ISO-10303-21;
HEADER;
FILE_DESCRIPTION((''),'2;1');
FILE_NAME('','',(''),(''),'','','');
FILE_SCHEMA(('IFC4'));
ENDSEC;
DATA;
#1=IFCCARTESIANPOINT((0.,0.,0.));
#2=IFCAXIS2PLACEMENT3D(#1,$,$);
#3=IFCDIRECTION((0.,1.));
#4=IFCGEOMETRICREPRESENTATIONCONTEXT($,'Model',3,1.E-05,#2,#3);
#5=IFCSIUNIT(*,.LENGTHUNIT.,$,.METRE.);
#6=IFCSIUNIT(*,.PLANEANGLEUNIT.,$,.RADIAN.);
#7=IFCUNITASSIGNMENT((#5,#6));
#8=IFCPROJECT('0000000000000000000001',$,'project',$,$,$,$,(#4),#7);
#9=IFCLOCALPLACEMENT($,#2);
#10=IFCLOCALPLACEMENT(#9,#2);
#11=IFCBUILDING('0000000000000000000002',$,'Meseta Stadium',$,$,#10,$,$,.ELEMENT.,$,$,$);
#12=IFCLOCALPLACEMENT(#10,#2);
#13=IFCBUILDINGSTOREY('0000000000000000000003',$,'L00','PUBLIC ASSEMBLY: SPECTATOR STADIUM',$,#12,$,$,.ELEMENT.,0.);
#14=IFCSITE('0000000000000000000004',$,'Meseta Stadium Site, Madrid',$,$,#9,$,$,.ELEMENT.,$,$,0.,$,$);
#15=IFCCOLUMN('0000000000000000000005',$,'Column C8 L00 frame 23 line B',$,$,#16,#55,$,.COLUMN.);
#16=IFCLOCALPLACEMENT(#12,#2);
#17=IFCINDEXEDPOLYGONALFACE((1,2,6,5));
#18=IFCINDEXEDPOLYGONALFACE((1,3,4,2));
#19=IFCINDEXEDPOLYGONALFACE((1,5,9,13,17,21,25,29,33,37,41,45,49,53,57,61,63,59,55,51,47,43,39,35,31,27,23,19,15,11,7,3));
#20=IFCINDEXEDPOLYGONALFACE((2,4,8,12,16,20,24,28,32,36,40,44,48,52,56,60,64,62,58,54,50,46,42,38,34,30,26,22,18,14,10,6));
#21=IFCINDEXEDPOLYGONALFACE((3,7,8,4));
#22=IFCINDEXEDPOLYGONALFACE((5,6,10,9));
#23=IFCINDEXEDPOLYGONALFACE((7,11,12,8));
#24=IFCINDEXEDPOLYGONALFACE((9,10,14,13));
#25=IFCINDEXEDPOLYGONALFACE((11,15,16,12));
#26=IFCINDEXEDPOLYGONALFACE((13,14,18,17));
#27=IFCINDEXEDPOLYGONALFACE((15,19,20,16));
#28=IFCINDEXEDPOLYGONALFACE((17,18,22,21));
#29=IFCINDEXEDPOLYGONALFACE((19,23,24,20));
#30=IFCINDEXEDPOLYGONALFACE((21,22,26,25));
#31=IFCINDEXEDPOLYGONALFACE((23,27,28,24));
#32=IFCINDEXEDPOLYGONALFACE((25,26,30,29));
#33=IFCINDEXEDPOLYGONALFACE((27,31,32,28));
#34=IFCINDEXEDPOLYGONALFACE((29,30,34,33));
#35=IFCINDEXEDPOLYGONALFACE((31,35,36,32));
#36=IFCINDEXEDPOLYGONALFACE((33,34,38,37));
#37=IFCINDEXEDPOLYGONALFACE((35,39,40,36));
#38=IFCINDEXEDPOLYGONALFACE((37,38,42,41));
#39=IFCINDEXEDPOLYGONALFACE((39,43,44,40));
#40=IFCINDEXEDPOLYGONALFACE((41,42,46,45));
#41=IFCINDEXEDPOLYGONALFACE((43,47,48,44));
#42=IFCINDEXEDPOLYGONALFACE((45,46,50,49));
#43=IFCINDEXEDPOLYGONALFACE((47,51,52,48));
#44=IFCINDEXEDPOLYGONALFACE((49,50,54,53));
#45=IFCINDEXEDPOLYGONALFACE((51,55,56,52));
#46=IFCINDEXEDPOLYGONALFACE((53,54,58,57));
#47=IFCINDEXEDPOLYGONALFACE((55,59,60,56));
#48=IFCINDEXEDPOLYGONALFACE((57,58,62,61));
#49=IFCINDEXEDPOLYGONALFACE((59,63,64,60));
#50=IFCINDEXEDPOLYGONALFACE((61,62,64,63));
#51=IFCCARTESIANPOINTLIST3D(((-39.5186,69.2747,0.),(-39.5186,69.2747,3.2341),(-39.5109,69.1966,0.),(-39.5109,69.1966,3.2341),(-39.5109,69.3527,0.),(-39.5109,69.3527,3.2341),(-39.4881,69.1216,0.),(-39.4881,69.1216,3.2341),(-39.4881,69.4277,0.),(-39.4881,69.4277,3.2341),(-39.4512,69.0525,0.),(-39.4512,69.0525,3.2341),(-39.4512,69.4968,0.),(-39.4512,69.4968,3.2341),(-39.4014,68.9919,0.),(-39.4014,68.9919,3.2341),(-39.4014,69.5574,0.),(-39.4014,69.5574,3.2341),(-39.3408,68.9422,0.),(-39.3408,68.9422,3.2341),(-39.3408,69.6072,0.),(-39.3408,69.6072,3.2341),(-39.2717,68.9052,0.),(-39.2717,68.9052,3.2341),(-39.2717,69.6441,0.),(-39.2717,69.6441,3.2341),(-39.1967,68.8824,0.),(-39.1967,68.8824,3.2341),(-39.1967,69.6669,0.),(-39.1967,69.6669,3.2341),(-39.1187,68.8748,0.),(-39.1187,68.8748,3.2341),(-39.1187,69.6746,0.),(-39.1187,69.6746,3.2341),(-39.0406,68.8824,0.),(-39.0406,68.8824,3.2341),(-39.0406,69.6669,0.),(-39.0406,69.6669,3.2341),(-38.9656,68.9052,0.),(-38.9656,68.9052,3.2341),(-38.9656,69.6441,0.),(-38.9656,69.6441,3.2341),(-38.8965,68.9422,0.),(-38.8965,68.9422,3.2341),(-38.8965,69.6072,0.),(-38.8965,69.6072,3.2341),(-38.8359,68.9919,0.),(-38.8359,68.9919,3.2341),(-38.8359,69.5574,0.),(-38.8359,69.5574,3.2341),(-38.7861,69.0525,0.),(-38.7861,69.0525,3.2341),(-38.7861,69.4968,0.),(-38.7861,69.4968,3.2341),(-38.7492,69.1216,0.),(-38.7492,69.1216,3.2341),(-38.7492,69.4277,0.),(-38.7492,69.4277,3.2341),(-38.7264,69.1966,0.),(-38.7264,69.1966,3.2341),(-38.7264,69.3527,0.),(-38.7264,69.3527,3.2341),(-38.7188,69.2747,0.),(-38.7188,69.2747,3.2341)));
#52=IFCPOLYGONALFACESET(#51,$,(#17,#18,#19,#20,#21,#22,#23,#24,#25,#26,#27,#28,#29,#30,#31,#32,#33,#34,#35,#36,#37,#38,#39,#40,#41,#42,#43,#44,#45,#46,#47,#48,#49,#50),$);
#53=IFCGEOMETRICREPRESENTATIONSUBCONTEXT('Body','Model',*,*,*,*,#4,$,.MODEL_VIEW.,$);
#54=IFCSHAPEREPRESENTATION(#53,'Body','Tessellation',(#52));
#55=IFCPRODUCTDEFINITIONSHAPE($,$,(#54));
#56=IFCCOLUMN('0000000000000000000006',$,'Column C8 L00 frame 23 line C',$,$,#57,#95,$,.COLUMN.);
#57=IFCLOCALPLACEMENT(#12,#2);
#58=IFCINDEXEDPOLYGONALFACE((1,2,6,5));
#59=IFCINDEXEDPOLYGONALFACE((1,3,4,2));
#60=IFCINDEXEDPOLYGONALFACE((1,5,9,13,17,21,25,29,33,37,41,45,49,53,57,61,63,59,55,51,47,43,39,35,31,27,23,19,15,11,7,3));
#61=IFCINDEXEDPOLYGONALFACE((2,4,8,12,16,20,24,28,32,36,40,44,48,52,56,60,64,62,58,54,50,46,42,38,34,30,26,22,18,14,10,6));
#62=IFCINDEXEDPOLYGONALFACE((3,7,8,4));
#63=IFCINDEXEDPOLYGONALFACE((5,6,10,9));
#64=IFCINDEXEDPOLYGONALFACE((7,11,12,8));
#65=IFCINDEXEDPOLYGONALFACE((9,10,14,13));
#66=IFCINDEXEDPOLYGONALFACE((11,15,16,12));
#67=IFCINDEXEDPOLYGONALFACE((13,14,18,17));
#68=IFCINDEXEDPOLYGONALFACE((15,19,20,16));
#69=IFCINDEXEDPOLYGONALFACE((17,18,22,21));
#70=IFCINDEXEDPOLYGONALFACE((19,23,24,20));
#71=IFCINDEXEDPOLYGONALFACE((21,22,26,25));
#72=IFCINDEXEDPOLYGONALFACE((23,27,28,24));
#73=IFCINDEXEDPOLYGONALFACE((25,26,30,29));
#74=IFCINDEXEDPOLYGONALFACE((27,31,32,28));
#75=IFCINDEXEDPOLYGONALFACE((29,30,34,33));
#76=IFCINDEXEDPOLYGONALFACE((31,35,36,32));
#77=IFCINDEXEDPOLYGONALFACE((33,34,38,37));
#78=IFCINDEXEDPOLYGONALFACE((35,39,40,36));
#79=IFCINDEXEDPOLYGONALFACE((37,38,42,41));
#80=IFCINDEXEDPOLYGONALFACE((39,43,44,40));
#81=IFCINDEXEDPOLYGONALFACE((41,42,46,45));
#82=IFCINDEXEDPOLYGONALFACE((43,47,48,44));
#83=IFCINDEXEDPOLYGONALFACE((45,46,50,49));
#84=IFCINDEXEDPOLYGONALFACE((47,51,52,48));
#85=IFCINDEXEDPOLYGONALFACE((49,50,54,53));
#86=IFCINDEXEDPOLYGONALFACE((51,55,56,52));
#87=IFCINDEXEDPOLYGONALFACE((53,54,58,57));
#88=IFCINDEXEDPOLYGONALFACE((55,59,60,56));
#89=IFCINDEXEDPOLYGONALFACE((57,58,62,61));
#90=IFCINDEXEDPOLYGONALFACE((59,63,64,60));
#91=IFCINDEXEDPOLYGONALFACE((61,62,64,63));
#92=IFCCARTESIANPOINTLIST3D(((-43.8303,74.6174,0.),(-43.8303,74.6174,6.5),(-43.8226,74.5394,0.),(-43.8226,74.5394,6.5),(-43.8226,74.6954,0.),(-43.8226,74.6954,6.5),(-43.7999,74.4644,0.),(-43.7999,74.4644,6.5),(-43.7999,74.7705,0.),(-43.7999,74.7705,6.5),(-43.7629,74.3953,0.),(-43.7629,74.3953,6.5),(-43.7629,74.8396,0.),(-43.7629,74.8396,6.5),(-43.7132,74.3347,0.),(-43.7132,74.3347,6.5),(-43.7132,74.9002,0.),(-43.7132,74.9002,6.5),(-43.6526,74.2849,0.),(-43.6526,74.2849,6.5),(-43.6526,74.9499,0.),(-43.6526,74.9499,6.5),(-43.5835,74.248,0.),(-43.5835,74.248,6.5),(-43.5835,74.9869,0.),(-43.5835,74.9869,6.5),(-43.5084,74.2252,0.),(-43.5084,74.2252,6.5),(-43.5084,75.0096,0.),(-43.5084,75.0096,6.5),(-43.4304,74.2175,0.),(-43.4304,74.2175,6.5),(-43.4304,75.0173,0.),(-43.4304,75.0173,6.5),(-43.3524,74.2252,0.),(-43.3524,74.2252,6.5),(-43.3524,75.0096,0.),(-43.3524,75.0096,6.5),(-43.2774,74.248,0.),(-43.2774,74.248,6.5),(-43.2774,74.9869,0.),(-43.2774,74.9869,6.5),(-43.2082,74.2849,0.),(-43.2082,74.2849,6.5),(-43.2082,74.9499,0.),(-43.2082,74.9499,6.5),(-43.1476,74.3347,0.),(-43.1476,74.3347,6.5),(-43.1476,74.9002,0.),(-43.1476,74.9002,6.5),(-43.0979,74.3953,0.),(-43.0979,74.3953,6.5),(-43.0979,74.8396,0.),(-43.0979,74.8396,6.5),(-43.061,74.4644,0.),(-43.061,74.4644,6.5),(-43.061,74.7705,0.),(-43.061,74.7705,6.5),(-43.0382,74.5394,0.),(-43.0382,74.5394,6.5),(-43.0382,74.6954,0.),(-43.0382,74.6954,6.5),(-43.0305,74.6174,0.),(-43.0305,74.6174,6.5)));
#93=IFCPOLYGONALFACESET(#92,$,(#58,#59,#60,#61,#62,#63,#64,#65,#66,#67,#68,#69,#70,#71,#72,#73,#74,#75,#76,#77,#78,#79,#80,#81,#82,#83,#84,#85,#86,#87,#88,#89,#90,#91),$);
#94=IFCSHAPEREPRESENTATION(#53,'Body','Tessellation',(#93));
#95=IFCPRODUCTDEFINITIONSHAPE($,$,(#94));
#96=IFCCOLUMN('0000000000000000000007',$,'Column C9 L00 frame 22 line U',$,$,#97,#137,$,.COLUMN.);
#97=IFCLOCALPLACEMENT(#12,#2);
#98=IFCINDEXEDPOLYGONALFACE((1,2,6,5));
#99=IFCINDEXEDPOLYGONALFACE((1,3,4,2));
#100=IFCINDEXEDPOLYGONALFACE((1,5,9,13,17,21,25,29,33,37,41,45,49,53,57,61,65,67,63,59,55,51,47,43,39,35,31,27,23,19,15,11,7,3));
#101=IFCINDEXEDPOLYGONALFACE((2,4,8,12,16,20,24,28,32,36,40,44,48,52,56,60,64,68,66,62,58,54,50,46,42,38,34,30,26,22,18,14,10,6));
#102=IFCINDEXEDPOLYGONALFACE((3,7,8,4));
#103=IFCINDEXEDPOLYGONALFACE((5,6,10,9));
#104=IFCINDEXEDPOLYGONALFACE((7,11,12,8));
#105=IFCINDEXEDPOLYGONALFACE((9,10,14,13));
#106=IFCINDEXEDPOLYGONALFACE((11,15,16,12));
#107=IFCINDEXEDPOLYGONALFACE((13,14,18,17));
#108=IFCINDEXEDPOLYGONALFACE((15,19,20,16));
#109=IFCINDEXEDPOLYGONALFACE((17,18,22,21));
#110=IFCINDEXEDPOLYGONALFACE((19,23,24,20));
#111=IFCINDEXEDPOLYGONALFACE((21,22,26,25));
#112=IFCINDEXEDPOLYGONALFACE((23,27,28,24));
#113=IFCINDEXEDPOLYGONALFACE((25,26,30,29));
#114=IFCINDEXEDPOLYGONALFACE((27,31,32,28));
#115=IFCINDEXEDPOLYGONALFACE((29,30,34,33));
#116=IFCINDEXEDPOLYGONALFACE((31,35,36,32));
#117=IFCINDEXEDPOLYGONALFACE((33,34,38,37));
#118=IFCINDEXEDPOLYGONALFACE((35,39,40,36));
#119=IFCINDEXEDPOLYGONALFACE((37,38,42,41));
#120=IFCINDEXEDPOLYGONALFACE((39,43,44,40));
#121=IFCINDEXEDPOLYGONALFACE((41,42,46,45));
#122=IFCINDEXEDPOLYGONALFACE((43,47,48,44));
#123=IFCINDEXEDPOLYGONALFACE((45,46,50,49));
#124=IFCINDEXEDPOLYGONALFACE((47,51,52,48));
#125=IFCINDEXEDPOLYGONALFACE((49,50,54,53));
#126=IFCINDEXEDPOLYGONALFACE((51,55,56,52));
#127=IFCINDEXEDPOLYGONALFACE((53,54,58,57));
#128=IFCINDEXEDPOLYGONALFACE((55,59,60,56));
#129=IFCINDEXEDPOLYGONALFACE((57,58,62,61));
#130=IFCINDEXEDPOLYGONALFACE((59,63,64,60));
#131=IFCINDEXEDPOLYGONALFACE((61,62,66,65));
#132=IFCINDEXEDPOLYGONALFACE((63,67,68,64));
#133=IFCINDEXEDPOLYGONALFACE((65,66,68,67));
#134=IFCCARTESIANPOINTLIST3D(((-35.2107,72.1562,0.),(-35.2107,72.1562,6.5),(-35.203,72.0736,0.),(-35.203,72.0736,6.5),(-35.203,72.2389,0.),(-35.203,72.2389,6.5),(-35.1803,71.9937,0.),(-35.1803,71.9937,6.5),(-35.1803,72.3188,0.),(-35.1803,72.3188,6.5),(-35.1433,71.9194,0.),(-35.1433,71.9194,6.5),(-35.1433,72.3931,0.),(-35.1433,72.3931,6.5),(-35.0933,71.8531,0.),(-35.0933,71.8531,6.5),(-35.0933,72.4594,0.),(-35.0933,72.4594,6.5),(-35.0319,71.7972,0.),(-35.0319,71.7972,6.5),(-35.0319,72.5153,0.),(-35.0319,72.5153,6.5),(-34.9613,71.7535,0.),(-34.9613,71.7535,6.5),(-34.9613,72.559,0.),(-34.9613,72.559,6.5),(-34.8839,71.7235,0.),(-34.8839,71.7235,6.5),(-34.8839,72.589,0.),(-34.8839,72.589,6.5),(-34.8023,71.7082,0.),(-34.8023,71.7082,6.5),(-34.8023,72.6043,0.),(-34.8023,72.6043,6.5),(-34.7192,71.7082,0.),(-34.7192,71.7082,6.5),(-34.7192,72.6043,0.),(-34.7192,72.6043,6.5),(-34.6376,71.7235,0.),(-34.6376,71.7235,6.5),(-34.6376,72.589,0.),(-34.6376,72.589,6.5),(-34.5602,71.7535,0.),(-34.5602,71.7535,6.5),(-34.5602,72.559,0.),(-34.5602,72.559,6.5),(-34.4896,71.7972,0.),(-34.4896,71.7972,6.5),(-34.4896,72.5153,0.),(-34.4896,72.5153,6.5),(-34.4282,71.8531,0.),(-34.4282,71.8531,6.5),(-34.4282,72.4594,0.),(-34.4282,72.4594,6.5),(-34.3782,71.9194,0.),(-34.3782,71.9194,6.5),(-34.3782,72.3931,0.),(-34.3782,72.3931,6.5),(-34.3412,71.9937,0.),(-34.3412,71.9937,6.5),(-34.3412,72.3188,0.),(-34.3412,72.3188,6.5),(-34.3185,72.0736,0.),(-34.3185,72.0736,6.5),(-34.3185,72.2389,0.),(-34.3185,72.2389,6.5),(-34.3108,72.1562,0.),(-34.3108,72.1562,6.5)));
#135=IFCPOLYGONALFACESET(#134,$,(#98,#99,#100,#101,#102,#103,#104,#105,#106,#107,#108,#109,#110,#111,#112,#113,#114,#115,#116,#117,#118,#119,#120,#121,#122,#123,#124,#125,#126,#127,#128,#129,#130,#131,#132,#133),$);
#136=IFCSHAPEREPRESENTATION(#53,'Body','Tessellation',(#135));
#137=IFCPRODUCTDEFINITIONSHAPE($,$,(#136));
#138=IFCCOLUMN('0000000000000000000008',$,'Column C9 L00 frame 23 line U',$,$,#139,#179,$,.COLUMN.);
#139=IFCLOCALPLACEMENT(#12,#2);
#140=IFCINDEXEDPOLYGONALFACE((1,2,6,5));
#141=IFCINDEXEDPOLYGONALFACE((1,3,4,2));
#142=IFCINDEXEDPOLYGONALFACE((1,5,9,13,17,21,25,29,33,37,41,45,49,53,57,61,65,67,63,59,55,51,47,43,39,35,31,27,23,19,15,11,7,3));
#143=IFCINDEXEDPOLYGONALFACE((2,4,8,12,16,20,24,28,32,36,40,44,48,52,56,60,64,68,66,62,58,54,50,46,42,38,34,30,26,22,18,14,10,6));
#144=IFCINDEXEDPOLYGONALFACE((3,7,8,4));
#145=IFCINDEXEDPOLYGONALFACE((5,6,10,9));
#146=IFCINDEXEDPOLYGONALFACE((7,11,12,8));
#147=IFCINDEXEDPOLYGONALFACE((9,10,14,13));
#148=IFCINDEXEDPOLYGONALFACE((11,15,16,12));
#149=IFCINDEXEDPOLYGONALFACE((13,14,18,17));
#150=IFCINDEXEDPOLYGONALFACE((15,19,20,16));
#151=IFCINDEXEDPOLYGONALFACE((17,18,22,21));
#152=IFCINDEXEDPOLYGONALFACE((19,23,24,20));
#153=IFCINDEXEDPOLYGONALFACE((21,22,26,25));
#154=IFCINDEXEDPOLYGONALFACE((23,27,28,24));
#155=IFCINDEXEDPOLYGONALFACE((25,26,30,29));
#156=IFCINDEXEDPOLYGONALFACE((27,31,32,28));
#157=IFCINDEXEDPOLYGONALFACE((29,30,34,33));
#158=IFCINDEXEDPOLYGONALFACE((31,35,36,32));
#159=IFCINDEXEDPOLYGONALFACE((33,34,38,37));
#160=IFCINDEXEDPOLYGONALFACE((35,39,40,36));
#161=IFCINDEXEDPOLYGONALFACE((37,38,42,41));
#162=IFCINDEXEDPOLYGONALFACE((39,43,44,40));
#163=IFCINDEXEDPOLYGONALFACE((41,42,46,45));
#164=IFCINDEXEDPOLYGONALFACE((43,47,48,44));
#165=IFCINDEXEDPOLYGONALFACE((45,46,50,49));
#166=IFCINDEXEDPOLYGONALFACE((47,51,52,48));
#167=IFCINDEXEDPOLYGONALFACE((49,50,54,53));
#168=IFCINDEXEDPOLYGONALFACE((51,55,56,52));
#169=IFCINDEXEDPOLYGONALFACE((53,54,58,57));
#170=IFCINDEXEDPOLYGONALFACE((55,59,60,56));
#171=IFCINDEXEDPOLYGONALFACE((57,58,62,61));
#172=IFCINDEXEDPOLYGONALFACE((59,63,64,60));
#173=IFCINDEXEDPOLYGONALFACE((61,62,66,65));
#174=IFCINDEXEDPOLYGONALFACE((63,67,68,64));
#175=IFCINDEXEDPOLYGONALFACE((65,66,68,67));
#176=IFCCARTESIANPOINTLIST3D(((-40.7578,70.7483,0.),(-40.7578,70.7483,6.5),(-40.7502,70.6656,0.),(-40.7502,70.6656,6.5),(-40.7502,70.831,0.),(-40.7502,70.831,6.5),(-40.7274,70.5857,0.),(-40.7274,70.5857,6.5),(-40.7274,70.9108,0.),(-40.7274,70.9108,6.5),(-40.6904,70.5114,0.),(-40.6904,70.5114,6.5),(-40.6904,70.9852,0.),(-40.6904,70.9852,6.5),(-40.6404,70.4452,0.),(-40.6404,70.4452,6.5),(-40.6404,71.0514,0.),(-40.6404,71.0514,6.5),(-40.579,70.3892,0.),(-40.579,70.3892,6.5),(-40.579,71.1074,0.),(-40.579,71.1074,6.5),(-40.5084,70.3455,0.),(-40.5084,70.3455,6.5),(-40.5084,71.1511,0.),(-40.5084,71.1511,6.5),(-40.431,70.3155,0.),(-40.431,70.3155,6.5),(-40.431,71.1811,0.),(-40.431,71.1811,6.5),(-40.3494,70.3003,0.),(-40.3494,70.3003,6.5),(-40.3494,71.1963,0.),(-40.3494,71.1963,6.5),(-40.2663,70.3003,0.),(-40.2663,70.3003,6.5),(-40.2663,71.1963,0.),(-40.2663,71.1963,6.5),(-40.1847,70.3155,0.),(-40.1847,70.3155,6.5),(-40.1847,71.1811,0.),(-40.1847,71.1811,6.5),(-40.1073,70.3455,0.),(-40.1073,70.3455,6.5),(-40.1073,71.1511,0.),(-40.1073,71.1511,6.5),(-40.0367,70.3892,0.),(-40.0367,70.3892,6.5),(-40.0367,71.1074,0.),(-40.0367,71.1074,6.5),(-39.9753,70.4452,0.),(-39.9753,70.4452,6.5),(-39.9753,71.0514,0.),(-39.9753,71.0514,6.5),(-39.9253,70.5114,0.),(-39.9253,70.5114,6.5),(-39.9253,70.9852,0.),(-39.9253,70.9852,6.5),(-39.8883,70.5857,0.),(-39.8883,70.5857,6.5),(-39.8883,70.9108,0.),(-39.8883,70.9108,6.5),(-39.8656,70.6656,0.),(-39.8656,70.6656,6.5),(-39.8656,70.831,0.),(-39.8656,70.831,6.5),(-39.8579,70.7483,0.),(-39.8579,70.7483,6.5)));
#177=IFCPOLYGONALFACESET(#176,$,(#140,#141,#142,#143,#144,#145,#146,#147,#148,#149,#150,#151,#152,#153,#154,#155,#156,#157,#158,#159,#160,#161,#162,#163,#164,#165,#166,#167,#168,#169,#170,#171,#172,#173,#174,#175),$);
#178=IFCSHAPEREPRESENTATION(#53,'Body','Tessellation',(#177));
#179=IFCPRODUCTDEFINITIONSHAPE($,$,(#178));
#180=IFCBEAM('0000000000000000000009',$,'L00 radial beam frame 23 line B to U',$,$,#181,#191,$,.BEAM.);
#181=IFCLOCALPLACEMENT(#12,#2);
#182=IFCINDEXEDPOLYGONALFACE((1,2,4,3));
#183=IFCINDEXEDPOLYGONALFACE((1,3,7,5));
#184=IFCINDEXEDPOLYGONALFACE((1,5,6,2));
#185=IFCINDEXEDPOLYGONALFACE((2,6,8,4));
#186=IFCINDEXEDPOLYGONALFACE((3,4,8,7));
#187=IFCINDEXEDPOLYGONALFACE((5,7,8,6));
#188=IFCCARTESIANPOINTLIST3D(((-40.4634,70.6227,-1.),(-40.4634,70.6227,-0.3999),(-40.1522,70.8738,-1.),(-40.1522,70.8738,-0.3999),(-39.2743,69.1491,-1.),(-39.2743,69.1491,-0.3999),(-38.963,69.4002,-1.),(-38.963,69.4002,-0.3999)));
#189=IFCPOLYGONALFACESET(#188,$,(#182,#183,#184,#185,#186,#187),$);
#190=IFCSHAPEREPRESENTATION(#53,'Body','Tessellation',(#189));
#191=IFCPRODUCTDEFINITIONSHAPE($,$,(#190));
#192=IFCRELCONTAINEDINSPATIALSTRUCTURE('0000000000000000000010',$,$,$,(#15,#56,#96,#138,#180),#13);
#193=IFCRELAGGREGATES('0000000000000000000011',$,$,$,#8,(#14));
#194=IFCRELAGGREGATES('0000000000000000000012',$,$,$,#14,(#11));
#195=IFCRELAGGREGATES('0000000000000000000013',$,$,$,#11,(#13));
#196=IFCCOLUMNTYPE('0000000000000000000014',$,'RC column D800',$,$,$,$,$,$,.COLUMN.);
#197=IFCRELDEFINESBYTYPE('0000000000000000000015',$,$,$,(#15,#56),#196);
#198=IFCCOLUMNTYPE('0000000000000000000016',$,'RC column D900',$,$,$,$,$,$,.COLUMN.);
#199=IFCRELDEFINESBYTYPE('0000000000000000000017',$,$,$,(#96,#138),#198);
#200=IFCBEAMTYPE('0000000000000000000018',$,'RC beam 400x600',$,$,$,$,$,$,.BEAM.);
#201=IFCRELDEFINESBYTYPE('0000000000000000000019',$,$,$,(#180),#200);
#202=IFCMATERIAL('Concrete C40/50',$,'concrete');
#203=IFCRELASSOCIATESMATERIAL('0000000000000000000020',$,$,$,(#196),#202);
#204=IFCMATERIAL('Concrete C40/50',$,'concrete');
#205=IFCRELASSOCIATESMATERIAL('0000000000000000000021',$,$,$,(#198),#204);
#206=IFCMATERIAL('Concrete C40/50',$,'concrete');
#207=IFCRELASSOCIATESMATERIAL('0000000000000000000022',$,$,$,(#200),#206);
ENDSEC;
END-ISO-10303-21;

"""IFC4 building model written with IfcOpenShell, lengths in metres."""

from ifc_helpers import new_model, si_unit, direction, frame, origin, origin_2d, place, context, subcontext, project, spatial, rectangle, circle, extrude, material, material_profile, profile_set, type_object, element, save


model = new_model("IFC4")

# Units and contexts
model_context = context("Model", 3, precision=1e-05, world=origin(), true_north=direction((0.0, 1.0)))
body_context = subcontext(model_context, "Body", "Model", "MODEL_VIEW")
ifc_project = project(units=[si_unit("LENGTHUNIT", "METRE"), si_unit("PLANEANGLEUNIT", "RADIAN")], contexts=[model_context])

# Site, building, storey
site_placement = place(None, origin())
site = spatial("IfcSite", under=ifc_project, at=site_placement, Name="Meseta Stadium Site, Madrid", CompositionType="ELEMENT", RefElevation=0.0)
building_placement = place(site_placement, origin())
building = spatial("IfcBuilding", under=site, at=building_placement, Name="Meseta Stadium", CompositionType="ELEMENT")
storey_placement = place(building_placement, origin())
storey = spatial("IfcBuildingStorey", under=building, at=storey_placement, Name="L00", Description="PUBLIC ASSEMBLY: SPECTATOR STADIUM", CompositionType="ELEMENT", Elevation=0.0)

# Columns
ifc_material_1 = material(Name="Concrete C40/50", Category="concrete")
ifc_material_profile_1 = material_profile(ifc_material_1, circle(Radius=0.3999, at=origin_2d()), Name="RC D800")
ifc_profile_set_1 = profile_set([ifc_material_profile_1], Name="Concrete C40/50")
column_type_1 = type_object("IfcColumnType", Name="RC column D800", PredefinedType="COLUMN", material=ifc_profile_set_1)
column_1_placement = place(storey_placement, frame((-39.1187, 69.2747, 0.0), z_axis=(0.0, 0.0, 1.0), x_axis=(1.0, 0.0, 0.0)))
element("IfcColumn", 1, at=column_1_placement, inside=storey, type_object=column_type_1, Name="Column C8 L00 frame 23 line B", PredefinedType="COLUMN", context=body_context, shape_type="SweptSolid", body=[
    extrude(circle(Radius=0.3999, at=origin_2d()), origin(), (0.0, 0.0, 1.0), 3.2341),
])
column_2_placement = place(storey_placement, frame((-43.4304, 74.6174, 0.0), z_axis=(0.0, 0.0, 1.0), x_axis=(1.0, 0.0, 0.0)))
element("IfcColumn", 2, at=column_2_placement, inside=storey, type_object=column_type_1, Name="Column C8 L00 frame 23 line C", PredefinedType="COLUMN", context=body_context, shape_type="SweptSolid", body=[
    extrude(circle(Radius=0.3999, at=origin_2d()), origin(), (0.0, 0.0, 1.0), 6.5),
])
ifc_material_2 = material(Name="Concrete C40/50", Category="concrete")
ifc_material_profile_2 = material_profile(ifc_material_2, circle(Radius=0.45, at=origin_2d()), Name="RC D900")
ifc_profile_set_2 = profile_set([ifc_material_profile_2], Name="Concrete C40/50")
column_type_2 = type_object("IfcColumnType", Name="RC column D900", PredefinedType="COLUMN", material=ifc_profile_set_2)
for number, where, z_axis, x_axis, name in (
    (3, (-34.7607, 72.1562, 0.0), (0.0, 0.0, 1.0), (1.0, 0.0, 0.0), "Column C9 L00 frame 22 line U"),
    (4, (-40.3079, 70.7483, 0.0), (0.0, 0.0, 1.0), (1.0, 0.0, 0.0), "Column C9 L00 frame 23 line U"),
):
    element("IfcColumn", number, at=place(storey_placement, frame(where, z_axis=z_axis, x_axis=x_axis)), inside=storey, type_object=column_type_2, Name=name, PredefinedType="COLUMN", context=body_context, shape_type="SweptSolid", body=[
        extrude(circle(Radius=0.45, at=origin_2d()), origin(), (0.0, 0.0, 1.0), 6.5),
    ])

# Beam
ifc_material_3 = material(Name="Concrete C40/50", Category="concrete")
ifc_material_profile_3 = material_profile(ifc_material_3, rectangle(XDim=0.3999, YDim=0.6001, at=origin_2d()), Name="RC 400x600")
ifc_profile_set_3 = profile_set([ifc_material_profile_3], Name="Concrete C40/50")
beam_type_1 = type_object("IfcBeamType", Name="RC beam 400x600", PredefinedType="BEAM", material=ifc_profile_set_3)
beam_1_placement = place(storey_placement, frame((-39.1187, 69.2747, -0.7), z_axis=(-0.628007, 0.778208, 0.0), x_axis=(-0.778208, -0.628007, 0.0)))
element("IfcBeam", 5, at=beam_1_placement, inside=storey, type_object=beam_type_1, Name="L00 radial beam frame 23 line B to U", PredefinedType="BEAM", context=body_context, shape_type="SweptSolid", body=[
    extrude(rectangle(XDim=0.3999, YDim=0.6001, at=origin_2d()), origin(), (0.0, 0.0, 1.0), 1.8936),
])

save(model, "model.ifc")
